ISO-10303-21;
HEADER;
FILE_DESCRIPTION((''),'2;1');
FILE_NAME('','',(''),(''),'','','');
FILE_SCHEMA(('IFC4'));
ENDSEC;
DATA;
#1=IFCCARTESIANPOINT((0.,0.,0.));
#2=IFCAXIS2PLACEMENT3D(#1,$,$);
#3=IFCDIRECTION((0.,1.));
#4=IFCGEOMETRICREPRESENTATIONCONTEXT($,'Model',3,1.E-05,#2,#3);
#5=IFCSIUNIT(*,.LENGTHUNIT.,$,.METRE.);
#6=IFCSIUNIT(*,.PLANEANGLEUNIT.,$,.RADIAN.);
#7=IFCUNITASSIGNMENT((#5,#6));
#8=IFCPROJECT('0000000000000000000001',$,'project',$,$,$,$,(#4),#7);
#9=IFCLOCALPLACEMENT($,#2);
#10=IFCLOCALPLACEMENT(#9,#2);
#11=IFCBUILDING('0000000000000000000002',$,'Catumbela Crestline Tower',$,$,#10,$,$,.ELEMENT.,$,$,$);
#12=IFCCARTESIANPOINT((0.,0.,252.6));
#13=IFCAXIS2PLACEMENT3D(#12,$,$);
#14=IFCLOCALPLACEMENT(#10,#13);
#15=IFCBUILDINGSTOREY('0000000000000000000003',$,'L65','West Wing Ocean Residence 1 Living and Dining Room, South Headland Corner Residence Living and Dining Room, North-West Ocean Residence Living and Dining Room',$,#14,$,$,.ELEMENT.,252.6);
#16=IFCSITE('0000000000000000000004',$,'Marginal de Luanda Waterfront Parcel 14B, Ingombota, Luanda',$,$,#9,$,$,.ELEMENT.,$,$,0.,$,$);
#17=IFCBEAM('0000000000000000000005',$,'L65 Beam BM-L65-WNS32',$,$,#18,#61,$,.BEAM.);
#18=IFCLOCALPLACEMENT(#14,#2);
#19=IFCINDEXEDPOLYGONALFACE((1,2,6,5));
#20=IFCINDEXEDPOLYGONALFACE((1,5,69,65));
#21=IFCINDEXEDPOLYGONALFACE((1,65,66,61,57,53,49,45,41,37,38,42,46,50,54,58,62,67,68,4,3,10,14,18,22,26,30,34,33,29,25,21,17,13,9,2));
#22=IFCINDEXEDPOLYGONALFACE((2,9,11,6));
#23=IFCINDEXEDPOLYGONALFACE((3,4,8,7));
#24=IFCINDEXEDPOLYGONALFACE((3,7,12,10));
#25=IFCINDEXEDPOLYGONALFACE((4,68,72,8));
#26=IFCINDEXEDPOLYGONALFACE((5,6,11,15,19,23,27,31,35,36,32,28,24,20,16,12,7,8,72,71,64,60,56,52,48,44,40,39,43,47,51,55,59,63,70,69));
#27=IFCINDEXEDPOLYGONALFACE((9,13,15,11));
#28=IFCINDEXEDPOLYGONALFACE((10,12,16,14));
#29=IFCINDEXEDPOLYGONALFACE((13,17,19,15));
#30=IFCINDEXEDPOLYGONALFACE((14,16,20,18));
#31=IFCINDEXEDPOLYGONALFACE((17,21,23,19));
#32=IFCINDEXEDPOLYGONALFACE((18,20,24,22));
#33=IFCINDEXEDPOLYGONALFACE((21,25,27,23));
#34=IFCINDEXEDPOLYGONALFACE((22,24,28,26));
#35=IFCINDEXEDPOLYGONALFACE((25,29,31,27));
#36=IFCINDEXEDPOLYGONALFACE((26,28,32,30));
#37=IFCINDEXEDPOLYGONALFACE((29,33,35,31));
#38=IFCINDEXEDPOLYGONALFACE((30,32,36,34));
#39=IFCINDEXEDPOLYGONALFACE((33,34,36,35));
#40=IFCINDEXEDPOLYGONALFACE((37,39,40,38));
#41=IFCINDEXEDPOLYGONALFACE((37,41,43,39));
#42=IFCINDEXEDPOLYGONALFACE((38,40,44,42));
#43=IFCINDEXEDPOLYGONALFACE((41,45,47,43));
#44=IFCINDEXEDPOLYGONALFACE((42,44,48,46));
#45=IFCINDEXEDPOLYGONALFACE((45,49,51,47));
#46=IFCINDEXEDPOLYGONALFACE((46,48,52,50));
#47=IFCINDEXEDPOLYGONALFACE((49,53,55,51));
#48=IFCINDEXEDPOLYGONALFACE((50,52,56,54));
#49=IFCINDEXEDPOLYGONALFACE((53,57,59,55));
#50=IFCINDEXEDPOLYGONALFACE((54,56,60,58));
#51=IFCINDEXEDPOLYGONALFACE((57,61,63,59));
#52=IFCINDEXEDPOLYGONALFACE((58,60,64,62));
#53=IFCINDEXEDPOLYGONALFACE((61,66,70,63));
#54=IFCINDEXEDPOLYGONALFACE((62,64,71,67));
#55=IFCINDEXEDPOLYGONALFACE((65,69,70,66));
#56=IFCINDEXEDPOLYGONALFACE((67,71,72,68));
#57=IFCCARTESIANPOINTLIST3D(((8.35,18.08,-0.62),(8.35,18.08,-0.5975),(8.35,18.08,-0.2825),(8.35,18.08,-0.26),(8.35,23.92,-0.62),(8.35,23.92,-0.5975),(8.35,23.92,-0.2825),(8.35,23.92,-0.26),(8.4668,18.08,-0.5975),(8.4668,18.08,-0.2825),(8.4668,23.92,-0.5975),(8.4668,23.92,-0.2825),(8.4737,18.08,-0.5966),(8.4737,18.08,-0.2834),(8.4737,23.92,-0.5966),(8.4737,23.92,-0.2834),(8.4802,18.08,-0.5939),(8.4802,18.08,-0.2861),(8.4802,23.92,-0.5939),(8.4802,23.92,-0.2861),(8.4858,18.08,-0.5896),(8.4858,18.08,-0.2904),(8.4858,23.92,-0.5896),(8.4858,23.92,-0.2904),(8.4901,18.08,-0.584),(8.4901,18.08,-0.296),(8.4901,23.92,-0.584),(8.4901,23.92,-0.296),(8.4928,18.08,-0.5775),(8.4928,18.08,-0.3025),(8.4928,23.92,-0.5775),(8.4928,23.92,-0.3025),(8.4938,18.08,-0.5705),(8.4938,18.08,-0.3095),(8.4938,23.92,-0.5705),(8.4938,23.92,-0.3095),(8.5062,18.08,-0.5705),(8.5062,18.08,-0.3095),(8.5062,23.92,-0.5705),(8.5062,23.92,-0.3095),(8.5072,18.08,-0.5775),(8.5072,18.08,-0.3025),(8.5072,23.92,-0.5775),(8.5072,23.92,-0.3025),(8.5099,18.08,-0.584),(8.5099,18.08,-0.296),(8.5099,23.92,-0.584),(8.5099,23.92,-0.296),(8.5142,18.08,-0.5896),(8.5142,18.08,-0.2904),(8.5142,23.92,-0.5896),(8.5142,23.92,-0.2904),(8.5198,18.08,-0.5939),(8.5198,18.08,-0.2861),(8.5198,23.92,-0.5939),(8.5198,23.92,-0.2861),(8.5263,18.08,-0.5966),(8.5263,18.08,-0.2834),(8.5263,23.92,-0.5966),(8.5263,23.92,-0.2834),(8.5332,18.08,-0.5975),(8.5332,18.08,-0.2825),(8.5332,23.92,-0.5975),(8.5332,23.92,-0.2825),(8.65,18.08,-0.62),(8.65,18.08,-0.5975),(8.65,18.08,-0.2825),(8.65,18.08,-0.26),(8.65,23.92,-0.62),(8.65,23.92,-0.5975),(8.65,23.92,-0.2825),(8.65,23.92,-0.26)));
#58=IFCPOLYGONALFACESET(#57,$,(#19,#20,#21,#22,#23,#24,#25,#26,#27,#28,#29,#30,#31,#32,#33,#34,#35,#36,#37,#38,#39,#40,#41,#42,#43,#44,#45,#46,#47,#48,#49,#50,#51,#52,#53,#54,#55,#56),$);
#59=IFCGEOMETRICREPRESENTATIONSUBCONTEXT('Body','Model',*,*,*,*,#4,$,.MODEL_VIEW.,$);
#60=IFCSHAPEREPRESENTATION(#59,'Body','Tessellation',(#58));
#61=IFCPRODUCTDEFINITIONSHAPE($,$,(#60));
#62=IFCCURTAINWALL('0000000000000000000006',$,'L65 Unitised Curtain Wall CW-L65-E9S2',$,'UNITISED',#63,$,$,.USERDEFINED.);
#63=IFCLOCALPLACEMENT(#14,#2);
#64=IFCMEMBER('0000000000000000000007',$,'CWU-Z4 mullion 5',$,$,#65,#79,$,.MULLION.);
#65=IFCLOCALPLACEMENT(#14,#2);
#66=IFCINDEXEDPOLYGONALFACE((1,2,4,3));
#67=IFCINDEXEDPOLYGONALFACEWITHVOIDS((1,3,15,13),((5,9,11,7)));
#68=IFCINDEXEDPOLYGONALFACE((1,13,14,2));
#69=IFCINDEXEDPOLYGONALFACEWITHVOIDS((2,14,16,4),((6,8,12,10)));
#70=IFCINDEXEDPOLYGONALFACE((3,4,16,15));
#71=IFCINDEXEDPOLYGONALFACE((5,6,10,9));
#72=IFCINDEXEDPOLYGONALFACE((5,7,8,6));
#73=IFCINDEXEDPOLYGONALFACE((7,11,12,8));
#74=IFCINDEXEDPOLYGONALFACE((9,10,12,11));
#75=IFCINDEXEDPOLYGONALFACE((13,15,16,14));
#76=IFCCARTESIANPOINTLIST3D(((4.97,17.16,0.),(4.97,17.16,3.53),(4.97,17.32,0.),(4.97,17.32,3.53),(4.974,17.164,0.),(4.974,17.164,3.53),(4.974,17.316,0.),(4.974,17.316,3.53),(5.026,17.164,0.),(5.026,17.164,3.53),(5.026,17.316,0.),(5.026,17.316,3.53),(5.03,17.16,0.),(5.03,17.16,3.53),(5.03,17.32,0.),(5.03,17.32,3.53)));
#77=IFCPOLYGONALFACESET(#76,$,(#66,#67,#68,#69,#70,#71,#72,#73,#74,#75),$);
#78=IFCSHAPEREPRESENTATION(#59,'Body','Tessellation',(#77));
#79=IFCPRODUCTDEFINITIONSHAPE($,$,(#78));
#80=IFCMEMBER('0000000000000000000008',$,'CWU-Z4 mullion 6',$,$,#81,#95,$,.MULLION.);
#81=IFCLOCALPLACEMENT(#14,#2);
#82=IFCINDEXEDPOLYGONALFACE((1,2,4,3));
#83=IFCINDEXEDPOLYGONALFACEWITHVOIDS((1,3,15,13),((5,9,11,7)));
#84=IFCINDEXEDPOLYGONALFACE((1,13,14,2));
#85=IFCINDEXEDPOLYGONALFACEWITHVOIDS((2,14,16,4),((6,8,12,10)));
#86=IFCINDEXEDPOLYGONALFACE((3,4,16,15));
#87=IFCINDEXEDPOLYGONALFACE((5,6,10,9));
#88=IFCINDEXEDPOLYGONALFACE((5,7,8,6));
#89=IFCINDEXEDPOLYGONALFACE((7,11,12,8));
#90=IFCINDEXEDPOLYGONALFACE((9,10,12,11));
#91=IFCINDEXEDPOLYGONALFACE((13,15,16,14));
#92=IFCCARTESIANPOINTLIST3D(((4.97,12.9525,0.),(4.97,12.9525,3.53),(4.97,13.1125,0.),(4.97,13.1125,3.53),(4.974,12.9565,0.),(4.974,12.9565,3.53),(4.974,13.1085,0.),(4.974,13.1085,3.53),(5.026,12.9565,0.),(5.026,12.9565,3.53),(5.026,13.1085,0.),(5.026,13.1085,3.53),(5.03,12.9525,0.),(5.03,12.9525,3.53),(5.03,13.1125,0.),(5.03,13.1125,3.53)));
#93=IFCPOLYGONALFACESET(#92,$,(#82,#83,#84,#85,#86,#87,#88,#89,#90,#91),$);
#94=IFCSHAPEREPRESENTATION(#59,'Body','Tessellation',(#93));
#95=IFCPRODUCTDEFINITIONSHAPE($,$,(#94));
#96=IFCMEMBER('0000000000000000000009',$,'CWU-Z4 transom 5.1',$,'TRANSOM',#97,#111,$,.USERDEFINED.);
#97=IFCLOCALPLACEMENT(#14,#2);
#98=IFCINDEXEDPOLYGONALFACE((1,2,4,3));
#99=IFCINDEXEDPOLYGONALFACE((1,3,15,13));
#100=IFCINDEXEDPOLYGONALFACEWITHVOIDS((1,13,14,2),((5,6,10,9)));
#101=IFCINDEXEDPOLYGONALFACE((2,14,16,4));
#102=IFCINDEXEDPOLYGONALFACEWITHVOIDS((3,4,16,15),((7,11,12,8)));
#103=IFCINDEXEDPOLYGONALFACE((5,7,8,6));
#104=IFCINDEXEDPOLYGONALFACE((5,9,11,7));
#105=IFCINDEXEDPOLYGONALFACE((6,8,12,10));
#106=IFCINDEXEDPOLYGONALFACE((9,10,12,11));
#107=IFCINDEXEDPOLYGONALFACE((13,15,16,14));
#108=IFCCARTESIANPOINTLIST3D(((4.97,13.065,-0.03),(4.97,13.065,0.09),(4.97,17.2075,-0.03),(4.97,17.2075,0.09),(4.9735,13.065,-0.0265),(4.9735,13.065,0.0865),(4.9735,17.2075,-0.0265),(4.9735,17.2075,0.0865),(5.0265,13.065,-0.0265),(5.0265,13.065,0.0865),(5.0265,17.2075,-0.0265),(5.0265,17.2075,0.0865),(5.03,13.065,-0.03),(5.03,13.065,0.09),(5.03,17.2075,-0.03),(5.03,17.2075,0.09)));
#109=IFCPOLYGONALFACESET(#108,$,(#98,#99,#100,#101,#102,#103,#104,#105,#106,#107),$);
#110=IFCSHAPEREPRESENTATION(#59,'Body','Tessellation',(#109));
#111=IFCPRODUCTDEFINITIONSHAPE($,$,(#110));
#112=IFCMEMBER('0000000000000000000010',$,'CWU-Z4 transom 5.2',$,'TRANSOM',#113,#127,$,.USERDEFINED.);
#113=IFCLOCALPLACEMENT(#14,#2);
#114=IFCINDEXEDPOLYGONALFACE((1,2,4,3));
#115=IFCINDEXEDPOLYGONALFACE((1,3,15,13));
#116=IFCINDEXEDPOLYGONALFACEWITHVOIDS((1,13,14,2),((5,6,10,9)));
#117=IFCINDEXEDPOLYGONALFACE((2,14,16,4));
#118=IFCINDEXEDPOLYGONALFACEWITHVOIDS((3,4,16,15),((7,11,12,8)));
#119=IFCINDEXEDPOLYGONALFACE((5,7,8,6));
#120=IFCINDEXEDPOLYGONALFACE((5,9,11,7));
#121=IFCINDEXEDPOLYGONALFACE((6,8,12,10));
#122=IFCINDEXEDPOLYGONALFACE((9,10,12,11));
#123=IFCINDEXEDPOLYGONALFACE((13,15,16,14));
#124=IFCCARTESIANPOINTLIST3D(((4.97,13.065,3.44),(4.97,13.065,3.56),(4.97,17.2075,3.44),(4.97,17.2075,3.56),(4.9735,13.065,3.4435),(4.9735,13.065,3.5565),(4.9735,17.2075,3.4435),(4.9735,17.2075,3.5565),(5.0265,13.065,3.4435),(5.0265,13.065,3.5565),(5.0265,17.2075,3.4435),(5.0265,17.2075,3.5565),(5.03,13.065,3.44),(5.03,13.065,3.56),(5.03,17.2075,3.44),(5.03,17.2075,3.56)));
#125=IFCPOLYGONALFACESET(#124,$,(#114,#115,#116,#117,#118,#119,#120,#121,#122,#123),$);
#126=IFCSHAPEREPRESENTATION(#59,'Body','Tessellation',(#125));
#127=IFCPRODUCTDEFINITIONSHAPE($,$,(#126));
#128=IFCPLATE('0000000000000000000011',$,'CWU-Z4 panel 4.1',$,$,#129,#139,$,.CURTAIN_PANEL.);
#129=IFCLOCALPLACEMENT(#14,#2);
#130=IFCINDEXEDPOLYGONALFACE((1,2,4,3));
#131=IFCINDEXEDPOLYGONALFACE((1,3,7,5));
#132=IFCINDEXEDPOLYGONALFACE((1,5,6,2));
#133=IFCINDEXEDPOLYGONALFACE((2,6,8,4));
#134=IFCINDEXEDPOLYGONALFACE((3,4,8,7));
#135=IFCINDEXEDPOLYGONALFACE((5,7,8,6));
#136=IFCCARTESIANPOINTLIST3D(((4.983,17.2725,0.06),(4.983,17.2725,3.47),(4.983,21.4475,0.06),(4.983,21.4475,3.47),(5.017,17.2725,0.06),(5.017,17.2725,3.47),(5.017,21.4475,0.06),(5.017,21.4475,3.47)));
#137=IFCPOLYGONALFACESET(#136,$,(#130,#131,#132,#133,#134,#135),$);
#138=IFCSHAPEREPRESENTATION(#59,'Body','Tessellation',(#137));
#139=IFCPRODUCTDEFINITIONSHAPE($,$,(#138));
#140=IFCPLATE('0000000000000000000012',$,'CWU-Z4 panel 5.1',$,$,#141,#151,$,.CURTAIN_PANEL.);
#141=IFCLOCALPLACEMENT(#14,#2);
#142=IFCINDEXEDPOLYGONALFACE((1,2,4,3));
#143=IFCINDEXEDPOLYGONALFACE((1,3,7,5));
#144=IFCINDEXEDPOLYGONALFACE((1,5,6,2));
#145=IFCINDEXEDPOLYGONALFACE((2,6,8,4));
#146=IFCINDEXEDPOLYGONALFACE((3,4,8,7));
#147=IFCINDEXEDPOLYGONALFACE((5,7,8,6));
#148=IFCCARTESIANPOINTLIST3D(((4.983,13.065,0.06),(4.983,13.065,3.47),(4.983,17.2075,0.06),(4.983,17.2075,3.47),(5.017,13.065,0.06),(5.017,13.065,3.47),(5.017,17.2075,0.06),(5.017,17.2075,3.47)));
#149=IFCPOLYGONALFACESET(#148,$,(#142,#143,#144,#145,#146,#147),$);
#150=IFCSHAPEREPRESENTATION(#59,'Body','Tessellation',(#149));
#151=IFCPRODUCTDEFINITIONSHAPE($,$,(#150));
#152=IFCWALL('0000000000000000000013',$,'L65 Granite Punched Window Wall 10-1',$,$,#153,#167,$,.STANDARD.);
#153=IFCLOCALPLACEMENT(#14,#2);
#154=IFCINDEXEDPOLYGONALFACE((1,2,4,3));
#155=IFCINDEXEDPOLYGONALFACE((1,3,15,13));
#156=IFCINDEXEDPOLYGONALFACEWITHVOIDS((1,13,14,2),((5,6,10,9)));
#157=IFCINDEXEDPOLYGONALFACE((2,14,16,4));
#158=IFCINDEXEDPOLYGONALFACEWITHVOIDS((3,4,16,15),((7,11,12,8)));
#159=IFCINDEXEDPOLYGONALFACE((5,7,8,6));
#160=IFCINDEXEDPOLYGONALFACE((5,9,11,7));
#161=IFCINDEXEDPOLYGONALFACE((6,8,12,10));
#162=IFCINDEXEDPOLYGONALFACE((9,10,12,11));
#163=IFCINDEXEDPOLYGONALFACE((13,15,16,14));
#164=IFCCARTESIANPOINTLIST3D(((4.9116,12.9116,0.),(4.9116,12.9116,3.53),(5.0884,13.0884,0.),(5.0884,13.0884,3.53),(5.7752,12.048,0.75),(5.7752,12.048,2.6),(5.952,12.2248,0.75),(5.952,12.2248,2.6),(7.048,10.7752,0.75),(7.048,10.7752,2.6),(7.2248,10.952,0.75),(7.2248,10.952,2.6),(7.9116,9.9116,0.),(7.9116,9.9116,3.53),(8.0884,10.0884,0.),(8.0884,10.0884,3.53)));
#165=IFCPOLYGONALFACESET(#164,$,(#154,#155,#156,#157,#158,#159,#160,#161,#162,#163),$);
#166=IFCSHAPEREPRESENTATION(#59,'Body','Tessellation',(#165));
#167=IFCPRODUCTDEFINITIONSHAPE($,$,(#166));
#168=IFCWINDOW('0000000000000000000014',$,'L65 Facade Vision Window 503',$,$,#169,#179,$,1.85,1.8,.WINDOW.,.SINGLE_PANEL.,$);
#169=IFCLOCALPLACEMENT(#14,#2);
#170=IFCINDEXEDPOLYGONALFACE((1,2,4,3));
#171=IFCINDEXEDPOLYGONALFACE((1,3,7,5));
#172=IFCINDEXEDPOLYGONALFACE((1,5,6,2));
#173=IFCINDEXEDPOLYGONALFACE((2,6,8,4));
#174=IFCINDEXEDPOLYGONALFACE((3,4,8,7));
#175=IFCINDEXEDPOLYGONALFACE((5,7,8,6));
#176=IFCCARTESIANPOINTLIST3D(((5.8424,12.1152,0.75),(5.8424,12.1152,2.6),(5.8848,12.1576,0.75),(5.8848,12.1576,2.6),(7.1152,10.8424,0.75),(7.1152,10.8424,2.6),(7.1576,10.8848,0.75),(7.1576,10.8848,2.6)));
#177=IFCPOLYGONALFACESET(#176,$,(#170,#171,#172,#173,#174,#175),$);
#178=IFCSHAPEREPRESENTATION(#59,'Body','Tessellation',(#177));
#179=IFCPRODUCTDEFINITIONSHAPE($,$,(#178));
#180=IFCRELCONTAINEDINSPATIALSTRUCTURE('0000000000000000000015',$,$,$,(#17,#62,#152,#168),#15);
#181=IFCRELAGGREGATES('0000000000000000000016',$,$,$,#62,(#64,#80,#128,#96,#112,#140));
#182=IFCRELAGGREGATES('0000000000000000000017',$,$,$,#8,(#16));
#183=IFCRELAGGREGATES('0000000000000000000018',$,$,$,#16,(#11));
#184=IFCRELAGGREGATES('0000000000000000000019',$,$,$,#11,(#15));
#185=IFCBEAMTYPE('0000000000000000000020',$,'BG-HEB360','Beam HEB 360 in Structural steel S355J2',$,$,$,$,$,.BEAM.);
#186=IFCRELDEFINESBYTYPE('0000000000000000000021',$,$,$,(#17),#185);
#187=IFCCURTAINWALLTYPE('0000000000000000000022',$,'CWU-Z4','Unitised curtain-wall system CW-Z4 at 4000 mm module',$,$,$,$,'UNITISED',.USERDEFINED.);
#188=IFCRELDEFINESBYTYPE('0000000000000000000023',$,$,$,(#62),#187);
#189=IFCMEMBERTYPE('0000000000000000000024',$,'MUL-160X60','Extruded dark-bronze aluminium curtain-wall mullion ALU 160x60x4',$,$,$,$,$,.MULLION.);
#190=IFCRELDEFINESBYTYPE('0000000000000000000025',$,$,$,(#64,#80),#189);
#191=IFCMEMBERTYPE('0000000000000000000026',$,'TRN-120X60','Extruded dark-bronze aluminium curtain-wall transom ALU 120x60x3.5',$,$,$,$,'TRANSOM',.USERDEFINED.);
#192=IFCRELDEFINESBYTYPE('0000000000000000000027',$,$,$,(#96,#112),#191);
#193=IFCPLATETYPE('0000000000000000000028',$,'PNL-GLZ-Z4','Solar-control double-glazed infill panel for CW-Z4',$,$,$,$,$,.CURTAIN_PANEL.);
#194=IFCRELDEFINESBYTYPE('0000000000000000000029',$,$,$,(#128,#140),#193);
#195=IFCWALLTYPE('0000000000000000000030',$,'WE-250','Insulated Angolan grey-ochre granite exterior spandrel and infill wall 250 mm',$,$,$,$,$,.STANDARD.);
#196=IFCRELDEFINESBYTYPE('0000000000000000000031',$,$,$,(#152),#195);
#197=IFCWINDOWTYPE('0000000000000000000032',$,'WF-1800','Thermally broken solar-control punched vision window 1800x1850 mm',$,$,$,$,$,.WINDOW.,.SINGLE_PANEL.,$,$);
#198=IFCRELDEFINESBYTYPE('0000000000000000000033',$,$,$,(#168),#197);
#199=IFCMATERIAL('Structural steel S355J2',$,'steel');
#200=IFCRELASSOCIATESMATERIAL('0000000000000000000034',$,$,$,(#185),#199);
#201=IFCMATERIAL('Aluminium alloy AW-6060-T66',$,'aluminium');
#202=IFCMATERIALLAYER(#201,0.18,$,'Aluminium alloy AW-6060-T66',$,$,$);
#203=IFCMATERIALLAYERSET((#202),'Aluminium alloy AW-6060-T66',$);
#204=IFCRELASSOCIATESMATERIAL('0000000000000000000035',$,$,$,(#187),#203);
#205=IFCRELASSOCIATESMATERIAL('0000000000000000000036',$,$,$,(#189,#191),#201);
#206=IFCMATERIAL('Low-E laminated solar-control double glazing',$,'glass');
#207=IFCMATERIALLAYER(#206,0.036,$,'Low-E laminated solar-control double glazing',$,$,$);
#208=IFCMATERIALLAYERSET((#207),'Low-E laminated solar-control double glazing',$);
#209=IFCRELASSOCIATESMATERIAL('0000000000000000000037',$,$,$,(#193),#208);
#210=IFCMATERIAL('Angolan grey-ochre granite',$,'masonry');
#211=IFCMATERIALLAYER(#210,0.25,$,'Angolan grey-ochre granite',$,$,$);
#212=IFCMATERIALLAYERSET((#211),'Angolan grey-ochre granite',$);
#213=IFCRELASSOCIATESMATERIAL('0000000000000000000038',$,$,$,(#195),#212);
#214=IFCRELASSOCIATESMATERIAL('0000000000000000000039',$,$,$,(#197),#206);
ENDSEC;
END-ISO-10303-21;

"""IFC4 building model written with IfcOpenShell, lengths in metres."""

from ifc_helpers import new_model, si_unit, direction, frame, frame_2d, origin, origin_2d, place, context, subcontext, project, spatial, rectangle, hollow_rectangle, i_section, extrude, material, layer, layer_set, material_profile, profile_set, type_object, element, fill, aggregate, save


model = new_model("IFC4")

# Units and contexts
model_context = context("Model", 3, precision=1e-05, world=origin(), true_north=direction((0.0, 1.0)))
body_context = subcontext(model_context, "Body", "Model", "MODEL_VIEW")
ifc_project = project(units=[si_unit("LENGTHUNIT", "METRE"), si_unit("PLANEANGLEUNIT", "RADIAN")], contexts=[model_context])

# Site, building, storey
site_placement = place(None, origin())
site = spatial("IfcSite", under=ifc_project, at=site_placement, Name="Marginal de Luanda Waterfront Parcel 14B, Ingombota, Luanda", CompositionType="ELEMENT", RefElevation=0.0)
building_placement = place(site_placement, origin())
building = spatial("IfcBuilding", under=site, at=building_placement, Name="Catumbela Crestline Tower", CompositionType="ELEMENT")
storey_placement = place(building_placement, frame((0.0, 0.0, 252.6)))
storey = spatial("IfcBuildingStorey", under=building, at=storey_placement, Name="L65", Description="West Wing Ocean Residence 1 Living and Dining Room, South Headland Corner Residence Living and Dining Room, North-West Ocean Residence Living and Dining Room", CompositionType="ELEMENT", Elevation=252.6)

# Shared definitions
ifc_material_1 = material(Name="Structural steel S355J2", Category="steel")

# Beam
ifc_material_profile_1 = material_profile(ifc_material_1, i_section(OverallWidth=0.3, OverallDepth=0.36, WebThickness=0.0125, FlangeThickness=0.0225, FilletRadius=0.027, at=origin_2d()), Name="HEB 360")
ifc_profile_set_1 = profile_set([ifc_material_profile_1], Name="Structural steel S355J2")
beam_type = type_object("IfcBeamType", Name="BG-HEB360", Description="Beam HEB 360 in Structural steel S355J2", PredefinedType="BEAM", material=ifc_profile_set_1)
beam_1_placement = place(storey_placement, frame((8.5, 18.08, -0.44), z_axis=(0.0, 1.0, 0.0), x_axis=(-1.0, 0.0, 0.0)))
element("IfcBeam", 1, at=beam_1_placement, inside=storey, type_object=beam_type, Name="L65 Beam BM-L65-WNS32", PredefinedType="BEAM", context=body_context, shape_type="SweptSolid", body=[
    extrude(i_section(OverallWidth=0.3, OverallDepth=0.36, WebThickness=0.0125, FlangeThickness=0.0225, FilletRadius=0.027, at=origin_2d()), origin(), (0.0, 0.0, 1.0), 5.84),
])

# Curtain wall, members, plates
ifc_material_2 = material(Name="Aluminium alloy AW-6060-T66", Category="aluminium")
ifc_layer_1 = layer(ifc_material_2, 0.18, Name="Aluminium alloy AW-6060-T66")
ifc_layer_set_1 = layer_set([ifc_layer_1], Name="Aluminium alloy AW-6060-T66")
curtain_wall_type = type_object("IfcCurtainWallType", Name="CWU-Z4", Description="Unitised curtain-wall system CW-Z4 at 4000 mm module", ElementType="UNITISED", PredefinedType="USERDEFINED", material=ifc_layer_set_1)
curtain_wall_placement = place(storey_placement, origin())
curtain_wall = element("IfcCurtainWall", 2, at=curtain_wall_placement, inside=storey, type_object=curtain_wall_type, Name="L65 Unitised Curtain Wall CW-L65-E9S2", ObjectType="UNITISED", PredefinedType="USERDEFINED")
ifc_material_profile_2 = material_profile(ifc_material_2, hollow_rectangle(XDim=0.06, YDim=0.16, WallThickness=0.004, at=origin_2d()), Name="ALU 160x60x4")
ifc_profile_set_2 = profile_set([ifc_material_profile_2], Name="Aluminium alloy AW-6060-T66")
member_type_1 = type_object("IfcMemberType", Name="MUL-160X60", Description="Extruded dark-bronze aluminium curtain-wall mullion ALU 160x60x4", PredefinedType="MULLION", material=ifc_profile_set_2)
member_1_placement = place(storey_placement, frame((5.0, 17.24, 0.0), z_axis=(0.0, 0.0, 1.0), x_axis=(1.0, 0.0, 0.0)))
member_1 = element("IfcMember", 3, at=member_1_placement, type_object=member_type_1, Name="CWU-Z4 mullion 5", PredefinedType="MULLION", context=body_context, shape_type="SweptSolid", body=[
    extrude(hollow_rectangle(XDim=0.06, YDim=0.16, WallThickness=0.004, at=origin_2d()), origin(), (0.0, 0.0, 1.0), 3.53),
])
member_2_placement = place(storey_placement, frame((5.0, 13.0325, 0.0), z_axis=(0.0, 0.0, 1.0), x_axis=(1.0, 0.0, 0.0)))
member_2 = element("IfcMember", 4, at=member_2_placement, type_object=member_type_1, Name="CWU-Z4 mullion 6", PredefinedType="MULLION", context=body_context, shape_type="SweptSolid", body=[
    extrude(hollow_rectangle(XDim=0.06, YDim=0.16, WallThickness=0.004, at=origin_2d()), origin(), (0.0, 0.0, 1.0), 3.53),
])
ifc_material_profile_3 = material_profile(ifc_material_2, hollow_rectangle(XDim=0.06, YDim=0.12, WallThickness=0.0035, at=origin_2d()), Name="ALU 120x60x3.5")
ifc_profile_set_3 = profile_set([ifc_material_profile_3], Name="Aluminium alloy AW-6060-T66")
member_type_2 = type_object("IfcMemberType", Name="TRN-120X60", Description="Extruded dark-bronze aluminium curtain-wall transom ALU 120x60x3.5", ElementType="TRANSOM", PredefinedType="USERDEFINED", material=ifc_profile_set_3)
member_3_placement = place(storey_placement, frame((5.0, 17.2075, 0.03), z_axis=(0.0, -1.0, 0.0), x_axis=(1.0, 0.0, 0.0)))
member_3 = element("IfcMember", 5, at=member_3_placement, type_object=member_type_2, Name="CWU-Z4 transom 5.1", ObjectType="TRANSOM", PredefinedType="USERDEFINED", context=body_context, shape_type="SweptSolid", body=[
    extrude(hollow_rectangle(XDim=0.06, YDim=0.12, WallThickness=0.0035, at=origin_2d()), origin(), (0.0, 0.0, 1.0), 4.1425),
])
member_4_placement = place(storey_placement, frame((5.0, 17.2075, 3.5), z_axis=(0.0, -1.0, 0.0), x_axis=(1.0, 0.0, 0.0)))
member_4 = element("IfcMember", 6, at=member_4_placement, type_object=member_type_2, Name="CWU-Z4 transom 5.2", ObjectType="TRANSOM", PredefinedType="USERDEFINED", context=body_context, shape_type="SweptSolid", body=[
    extrude(hollow_rectangle(XDim=0.06, YDim=0.12, WallThickness=0.0035, at=origin_2d()), origin(), (0.0, 0.0, 1.0), 4.1425),
])
ifc_material_3 = material(Name="Low-E laminated solar-control double glazing", Category="glass")
ifc_layer_2 = layer(ifc_material_3, 0.036, Name="Low-E laminated solar-control double glazing")
ifc_layer_set_2 = layer_set([ifc_layer_2], Name="Low-E laminated solar-control double glazing")
plate_type = type_object("IfcPlateType", Name="PNL-GLZ-Z4", Description="Solar-control double-glazed infill panel for CW-Z4", PredefinedType="CURTAIN_PANEL", material=ifc_layer_set_2)
plate_1_placement = place(storey_placement, frame((5.0, 19.36, 0.06), z_axis=(0.0, 0.0, 1.0), x_axis=(0.0, -1.0, 0.0)))
plate_1 = element("IfcPlate", 7, at=plate_1_placement, type_object=plate_type, Name="CWU-Z4 panel 4.1", PredefinedType="CURTAIN_PANEL", context=body_context, shape_type="SweptSolid", body=[
    extrude(rectangle(XDim=4.175, YDim=0.034, at=origin_2d()), origin(), (0.0, 0.0, 1.0), 3.41),
])
plate_2_placement = place(storey_placement, frame((5.0, 15.1362, 0.06), z_axis=(0.0, 0.0, 1.0), x_axis=(0.0, -1.0, 0.0)))
plate_2 = element("IfcPlate", 8, at=plate_2_placement, type_object=plate_type, Name="CWU-Z4 panel 5.1", PredefinedType="CURTAIN_PANEL", context=body_context, shape_type="SweptSolid", body=[
    extrude(rectangle(XDim=4.1425, YDim=0.034, at=origin_2d()), origin(), (0.0, 0.0, 1.0), 3.41),
])
aggregate(curtain_wall, [member_1, member_2, plate_1, member_3, member_4, plate_2])

# Wall, opening, window
ifc_material_4 = material(Name="Angolan grey-ochre granite", Category="masonry")
ifc_layer_3 = layer(ifc_material_4, 0.25, Name="Angolan grey-ochre granite")
ifc_layer_set_3 = layer_set([ifc_layer_3], Name="Angolan grey-ochre granite")
wall_type_1 = type_object("IfcWallType", Name="WE-250", Description="Insulated Angolan grey-ochre granite exterior spandrel and infill wall 250 mm", PredefinedType="STANDARD", material=ifc_layer_set_3)
wall_1_placement = place(storey_placement, frame((5.0, 13.0, 0.0), z_axis=(0.0, 0.0, 1.0), x_axis=(0.707107, -0.707107, 0.0)))
wall_1 = element("IfcWall", 9, at=wall_1_placement, inside=storey, type_object=wall_type_1, Name="L65 Granite Punched Window Wall 10-1", PredefinedType="STANDARD", context=body_context, shape_type="SweptSolid", body=[
    extrude(rectangle(XDim=4.2426, YDim=0.25, at=frame_2d((2.1213, 0.0))), origin(), (0.0, 0.0, 1.0), 3.53),
])
opening_1_placement = place(wall_1_placement, frame((1.2213, 0.0, 0.75)))
opening_1 = element("IfcOpeningElement", 10, at=opening_1_placement, cuts=wall_1, PredefinedType="OPENING", context=body_context, shape_type="SweptSolid", body=[
    extrude(rectangle(XDim=1.8, YDim=1.85, at=frame_2d((0.9, 0.925))), frame((0.0, 0.135, 0.0), z_axis=(0.0, -1.0, 0.0), x_axis=(1.0, 0.0, 0.0)), (0.0, 0.0, 1.0), 0.27),
])
window_type = type_object("IfcWindowType", Name="WF-1800", Description="Thermally broken solar-control punched vision window 1800x1850 mm", PartitioningType="SINGLE_PANEL", PredefinedType="WINDOW", material=ifc_material_3)
window_placement = place(opening_1_placement, origin())
window = element("IfcWindow", 11, at=window_placement, inside=storey, type_object=window_type, Name="L65 Facade Vision Window 503", OverallHeight=1.85, OverallWidth=1.8, PartitioningType="SINGLE_PANEL", PredefinedType="WINDOW", context=body_context, shape_type="SweptSolid", body=[
    extrude(rectangle(XDim=1.8, YDim=1.85, at=frame_2d((0.9, 0.925))), frame((0.0, 0.03, 0.0), z_axis=(0.0, -1.0, 0.0), x_axis=(1.0, 0.0, 0.0)), (0.0, 0.0, 1.0), 0.06),
])
fill(opening_1, window)

save(model, "model.ifc")
